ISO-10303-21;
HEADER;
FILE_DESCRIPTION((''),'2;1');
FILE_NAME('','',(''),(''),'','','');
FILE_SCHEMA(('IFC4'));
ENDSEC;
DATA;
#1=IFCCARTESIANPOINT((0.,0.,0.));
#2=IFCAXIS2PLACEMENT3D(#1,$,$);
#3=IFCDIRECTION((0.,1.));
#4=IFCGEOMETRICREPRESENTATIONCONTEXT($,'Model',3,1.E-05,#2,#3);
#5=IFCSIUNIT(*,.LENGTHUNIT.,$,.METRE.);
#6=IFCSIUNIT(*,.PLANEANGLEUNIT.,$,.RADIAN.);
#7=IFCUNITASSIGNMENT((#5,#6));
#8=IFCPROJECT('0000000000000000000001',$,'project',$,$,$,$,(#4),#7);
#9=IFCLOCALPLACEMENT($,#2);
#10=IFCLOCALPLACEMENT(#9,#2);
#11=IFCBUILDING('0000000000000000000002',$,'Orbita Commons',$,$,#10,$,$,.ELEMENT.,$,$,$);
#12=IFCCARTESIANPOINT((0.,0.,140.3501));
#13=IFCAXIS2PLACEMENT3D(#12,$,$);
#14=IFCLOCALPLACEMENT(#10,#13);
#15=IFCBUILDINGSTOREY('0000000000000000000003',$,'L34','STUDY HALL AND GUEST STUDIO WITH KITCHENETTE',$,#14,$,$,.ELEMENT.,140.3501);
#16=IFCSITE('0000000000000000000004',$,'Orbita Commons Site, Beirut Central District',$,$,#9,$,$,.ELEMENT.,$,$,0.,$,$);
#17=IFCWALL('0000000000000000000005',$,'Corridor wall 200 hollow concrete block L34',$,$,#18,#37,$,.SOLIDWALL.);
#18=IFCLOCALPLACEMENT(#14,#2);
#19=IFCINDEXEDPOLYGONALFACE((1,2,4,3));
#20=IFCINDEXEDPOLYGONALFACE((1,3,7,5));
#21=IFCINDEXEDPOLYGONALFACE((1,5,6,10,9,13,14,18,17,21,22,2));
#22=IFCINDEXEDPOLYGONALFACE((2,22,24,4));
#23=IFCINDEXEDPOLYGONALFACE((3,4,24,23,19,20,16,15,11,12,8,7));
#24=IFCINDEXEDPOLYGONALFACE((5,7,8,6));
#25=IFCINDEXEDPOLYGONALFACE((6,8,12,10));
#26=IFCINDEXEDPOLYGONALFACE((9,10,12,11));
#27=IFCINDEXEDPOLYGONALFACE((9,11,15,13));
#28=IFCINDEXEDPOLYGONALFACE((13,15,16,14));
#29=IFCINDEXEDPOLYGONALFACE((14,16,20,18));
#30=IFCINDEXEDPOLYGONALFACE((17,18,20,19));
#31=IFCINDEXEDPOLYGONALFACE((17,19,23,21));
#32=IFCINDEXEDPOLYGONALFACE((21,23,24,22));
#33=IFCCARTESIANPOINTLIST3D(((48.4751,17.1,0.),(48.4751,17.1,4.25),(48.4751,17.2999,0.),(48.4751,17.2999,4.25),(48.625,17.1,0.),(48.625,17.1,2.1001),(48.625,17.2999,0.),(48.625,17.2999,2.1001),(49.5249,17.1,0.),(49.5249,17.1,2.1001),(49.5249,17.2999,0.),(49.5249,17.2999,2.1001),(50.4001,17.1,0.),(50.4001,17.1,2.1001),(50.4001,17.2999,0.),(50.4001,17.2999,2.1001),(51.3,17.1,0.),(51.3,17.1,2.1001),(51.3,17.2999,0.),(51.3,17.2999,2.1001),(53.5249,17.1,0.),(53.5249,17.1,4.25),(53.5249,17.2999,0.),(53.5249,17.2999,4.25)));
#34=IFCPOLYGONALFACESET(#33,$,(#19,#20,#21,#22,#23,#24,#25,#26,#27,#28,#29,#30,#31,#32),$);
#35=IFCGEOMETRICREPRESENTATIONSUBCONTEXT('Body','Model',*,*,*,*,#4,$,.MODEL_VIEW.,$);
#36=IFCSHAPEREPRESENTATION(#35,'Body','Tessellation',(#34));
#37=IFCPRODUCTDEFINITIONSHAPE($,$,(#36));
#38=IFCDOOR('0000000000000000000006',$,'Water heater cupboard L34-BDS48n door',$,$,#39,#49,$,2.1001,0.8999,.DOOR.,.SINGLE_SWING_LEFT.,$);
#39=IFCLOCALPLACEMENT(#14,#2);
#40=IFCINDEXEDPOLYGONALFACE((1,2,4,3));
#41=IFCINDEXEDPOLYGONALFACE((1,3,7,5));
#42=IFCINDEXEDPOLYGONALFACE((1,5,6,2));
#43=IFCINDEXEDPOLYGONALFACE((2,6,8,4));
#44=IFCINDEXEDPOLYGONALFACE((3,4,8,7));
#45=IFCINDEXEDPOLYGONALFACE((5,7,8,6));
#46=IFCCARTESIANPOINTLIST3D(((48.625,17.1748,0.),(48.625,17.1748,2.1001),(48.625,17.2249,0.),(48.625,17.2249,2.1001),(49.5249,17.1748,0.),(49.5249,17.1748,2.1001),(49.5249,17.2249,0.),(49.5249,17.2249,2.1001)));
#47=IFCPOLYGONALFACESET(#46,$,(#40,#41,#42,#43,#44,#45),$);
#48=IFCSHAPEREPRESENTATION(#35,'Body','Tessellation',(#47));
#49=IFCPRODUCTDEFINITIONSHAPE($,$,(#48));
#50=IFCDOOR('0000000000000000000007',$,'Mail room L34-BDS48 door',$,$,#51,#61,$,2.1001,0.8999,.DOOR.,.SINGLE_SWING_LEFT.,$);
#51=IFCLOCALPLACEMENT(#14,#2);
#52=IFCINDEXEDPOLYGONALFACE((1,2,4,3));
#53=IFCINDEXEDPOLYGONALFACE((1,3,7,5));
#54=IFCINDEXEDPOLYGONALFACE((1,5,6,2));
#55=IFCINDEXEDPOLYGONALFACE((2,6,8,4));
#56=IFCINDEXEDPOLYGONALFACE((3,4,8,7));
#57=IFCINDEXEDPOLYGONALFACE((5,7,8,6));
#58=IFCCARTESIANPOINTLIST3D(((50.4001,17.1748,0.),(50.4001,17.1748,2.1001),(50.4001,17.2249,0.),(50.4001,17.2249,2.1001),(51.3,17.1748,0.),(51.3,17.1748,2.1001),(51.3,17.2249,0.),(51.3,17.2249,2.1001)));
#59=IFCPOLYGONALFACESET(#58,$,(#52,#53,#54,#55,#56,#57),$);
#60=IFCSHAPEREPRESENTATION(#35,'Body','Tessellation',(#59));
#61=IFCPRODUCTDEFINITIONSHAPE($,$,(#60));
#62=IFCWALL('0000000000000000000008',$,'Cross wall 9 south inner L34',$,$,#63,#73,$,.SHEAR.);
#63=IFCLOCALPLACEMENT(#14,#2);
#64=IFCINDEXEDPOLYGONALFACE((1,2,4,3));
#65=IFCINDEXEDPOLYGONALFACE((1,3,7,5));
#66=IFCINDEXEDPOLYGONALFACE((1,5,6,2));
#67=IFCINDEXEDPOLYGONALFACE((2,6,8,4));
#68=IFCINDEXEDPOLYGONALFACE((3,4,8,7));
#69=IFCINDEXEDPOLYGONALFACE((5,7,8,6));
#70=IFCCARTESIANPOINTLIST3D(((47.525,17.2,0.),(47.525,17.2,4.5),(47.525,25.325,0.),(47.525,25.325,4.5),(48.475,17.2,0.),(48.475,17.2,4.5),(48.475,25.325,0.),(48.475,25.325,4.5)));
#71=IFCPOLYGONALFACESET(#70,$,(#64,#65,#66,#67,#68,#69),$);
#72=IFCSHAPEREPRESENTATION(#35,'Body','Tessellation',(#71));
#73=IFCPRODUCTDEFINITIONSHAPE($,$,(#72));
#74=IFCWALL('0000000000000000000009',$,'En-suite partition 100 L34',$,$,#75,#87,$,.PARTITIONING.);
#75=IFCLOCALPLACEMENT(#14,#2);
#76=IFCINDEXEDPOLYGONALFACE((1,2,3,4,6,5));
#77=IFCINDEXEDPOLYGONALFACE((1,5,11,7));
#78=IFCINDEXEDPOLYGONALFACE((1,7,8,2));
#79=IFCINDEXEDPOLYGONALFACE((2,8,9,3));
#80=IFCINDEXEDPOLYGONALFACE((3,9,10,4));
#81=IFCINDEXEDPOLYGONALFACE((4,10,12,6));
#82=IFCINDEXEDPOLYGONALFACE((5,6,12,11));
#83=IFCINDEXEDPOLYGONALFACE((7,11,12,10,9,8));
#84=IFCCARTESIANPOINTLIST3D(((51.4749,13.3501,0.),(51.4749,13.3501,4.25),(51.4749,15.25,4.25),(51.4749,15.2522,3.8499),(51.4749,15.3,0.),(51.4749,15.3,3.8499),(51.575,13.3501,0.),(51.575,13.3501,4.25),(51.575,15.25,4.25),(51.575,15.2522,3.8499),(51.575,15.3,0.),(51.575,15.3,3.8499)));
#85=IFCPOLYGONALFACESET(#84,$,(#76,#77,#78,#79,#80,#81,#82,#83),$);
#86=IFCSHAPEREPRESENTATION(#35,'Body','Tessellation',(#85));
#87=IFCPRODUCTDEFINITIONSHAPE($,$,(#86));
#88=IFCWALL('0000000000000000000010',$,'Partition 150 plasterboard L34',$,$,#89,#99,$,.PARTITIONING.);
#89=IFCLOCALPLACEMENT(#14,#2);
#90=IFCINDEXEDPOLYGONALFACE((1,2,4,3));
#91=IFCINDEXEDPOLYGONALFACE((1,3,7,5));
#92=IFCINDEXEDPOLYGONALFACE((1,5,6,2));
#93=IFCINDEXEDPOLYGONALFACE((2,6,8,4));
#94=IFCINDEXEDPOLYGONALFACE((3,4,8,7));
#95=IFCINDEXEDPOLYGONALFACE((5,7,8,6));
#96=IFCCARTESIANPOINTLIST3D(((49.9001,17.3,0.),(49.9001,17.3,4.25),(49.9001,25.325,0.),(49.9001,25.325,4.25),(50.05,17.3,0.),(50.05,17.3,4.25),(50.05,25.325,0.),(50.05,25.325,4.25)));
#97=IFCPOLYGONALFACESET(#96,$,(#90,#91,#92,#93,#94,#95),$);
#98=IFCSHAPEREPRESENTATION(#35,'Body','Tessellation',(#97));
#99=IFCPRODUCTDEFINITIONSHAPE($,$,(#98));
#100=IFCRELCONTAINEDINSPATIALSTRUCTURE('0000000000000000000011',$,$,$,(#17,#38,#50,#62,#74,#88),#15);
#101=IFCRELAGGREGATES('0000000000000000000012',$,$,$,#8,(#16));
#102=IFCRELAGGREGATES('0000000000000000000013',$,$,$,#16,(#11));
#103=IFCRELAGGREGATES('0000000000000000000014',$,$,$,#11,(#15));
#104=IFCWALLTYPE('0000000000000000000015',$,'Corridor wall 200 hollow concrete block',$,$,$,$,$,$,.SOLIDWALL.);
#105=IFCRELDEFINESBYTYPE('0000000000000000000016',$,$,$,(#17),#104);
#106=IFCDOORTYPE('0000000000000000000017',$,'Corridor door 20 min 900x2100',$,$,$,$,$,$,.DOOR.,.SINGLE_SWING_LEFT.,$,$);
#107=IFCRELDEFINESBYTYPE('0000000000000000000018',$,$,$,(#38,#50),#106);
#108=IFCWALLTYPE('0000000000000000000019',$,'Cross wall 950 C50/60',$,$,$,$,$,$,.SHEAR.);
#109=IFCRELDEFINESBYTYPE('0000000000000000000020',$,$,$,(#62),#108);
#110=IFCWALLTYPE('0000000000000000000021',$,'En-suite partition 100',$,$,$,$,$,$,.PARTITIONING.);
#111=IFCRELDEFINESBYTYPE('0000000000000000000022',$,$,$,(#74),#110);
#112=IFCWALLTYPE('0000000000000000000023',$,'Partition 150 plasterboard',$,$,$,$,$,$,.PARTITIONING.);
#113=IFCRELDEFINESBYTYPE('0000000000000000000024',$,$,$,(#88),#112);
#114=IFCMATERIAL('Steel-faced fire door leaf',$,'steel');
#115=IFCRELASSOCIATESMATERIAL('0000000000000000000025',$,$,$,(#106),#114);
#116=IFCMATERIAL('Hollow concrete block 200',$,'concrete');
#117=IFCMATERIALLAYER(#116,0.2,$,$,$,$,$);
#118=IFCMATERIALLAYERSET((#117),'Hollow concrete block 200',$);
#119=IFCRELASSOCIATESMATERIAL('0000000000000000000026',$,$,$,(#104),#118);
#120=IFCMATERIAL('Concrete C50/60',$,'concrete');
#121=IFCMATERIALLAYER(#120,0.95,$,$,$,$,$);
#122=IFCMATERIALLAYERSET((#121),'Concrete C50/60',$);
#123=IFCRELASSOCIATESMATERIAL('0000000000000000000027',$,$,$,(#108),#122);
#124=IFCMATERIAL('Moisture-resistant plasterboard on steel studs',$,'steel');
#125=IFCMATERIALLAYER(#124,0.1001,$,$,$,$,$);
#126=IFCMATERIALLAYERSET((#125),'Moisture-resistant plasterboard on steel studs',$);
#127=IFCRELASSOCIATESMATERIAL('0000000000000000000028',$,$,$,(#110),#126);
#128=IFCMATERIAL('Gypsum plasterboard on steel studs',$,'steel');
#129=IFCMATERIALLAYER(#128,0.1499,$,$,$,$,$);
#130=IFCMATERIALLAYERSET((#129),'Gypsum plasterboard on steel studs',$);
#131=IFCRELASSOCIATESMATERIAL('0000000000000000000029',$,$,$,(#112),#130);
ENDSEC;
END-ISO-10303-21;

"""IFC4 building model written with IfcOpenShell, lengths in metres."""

from ifc_helpers import new_model, si_unit, direction, frame, frame_2d, origin, place, context, subcontext, project, spatial, polyline, rectangle, outline, extrude, material, layer, layer_set, type_object, element, fill, save


model = new_model("IFC4")

# Units and contexts
model_context = context("Model", 3, precision=1e-05, world=origin(), true_north=direction((0.0, 1.0)))
body_context = subcontext(model_context, "Body", "Model", "MODEL_VIEW")
ifc_project = project(units=[si_unit("LENGTHUNIT", "METRE"), si_unit("PLANEANGLEUNIT", "RADIAN")], contexts=[model_context])

# Site, building, storey
site_placement = place(None, origin())
site = spatial("IfcSite", under=ifc_project, at=site_placement, Name="Orbita Commons Site, Beirut Central District", CompositionType="ELEMENT", RefElevation=0.0)
building_placement = place(site_placement, origin())
building = spatial("IfcBuilding", under=site, at=building_placement, Name="Orbita Commons", CompositionType="ELEMENT")
storey_placement = place(building_placement, frame((0.0, 0.0, 140.3501)))
storey = spatial("IfcBuildingStorey", under=building, at=storey_placement, Name="L34", Description="STUDY HALL AND GUEST STUDIO WITH KITCHENETTE", CompositionType="ELEMENT", Elevation=140.3501)

# Shared definitions
ifc_material_1 = material(Name="Steel-faced fire door leaf", Category="steel")
door_type = type_object("IfcDoorType", Name="Corridor door 20 min 900x2100", OperationType="SINGLE_SWING_LEFT", PredefinedType="DOOR", material=ifc_material_1)

# Wall, openings, doors
ifc_material_2 = material(Name="Hollow concrete block 200", Category="concrete")
ifc_layer_1 = layer(ifc_material_2, 0.2)
ifc_layer_set_1 = layer_set([ifc_layer_1], Name="Hollow concrete block 200")
wall_type_1 = type_object("IfcWallType", Name="Corridor wall 200 hollow concrete block", PredefinedType="SOLIDWALL", material=ifc_layer_set_1)
wall_1_placement = place(storey_placement, frame((48.4751, 17.2, 0.0), z_axis=(0.0, 0.0, 1.0), x_axis=(1.0, 0.0, 0.0)))
wall_1 = element("IfcWall", 1, at=wall_1_placement, inside=storey, type_object=wall_type_1, Name="Corridor wall 200 hollow concrete block L34", PredefinedType="SOLIDWALL", context=body_context, shape_type="SweptSolid", body=[
    extrude(rectangle(XDim=5.0498, YDim=0.2, at=frame_2d((2.5249, 0.0))), origin(), (0.0, 0.0, 1.0), 4.25),
])
opening_1_placement = place(wall_1_placement, frame((0.1499, 0.0, 0.0)))
opening_1 = element("IfcOpeningElement", 2, at=opening_1_placement, cuts=wall_1, PredefinedType="OPENING", context=body_context, shape_type="SweptSolid", body=[
    extrude(rectangle(XDim=0.8999, YDim=2.1001, at=frame_2d((0.45, 1.05))), frame((0.0, 0.1099, 0.0), z_axis=(0.0, -1.0, 0.0), x_axis=(1.0, 0.0, 0.0)), (0.0, 0.0, 1.0), 0.22),
])
opening_2_placement = place(wall_1_placement, frame((1.925, 0.0, 0.0)))
opening_2 = element("IfcOpeningElement", 3, at=opening_2_placement, cuts=wall_1, PredefinedType="OPENING", context=body_context, shape_type="SweptSolid", body=[
    extrude(rectangle(XDim=0.8999, YDim=2.1001, at=frame_2d((0.45, 1.05))), frame((0.0, 0.1099, 0.0), z_axis=(0.0, -1.0, 0.0), x_axis=(1.0, 0.0, 0.0)), (0.0, 0.0, 1.0), 0.22),
])
door_1_placement = place(opening_1_placement, origin())
door_1 = element("IfcDoor", 4, at=door_1_placement, inside=storey, type_object=door_type, Name="Water heater cupboard L34-BDS48n door", OperationType="SINGLE_SWING_LEFT", OverallHeight=2.1001, OverallWidth=0.8999, PredefinedType="DOOR", context=body_context, shape_type="SweptSolid", body=[
    extrude(rectangle(XDim=0.8999, YDim=2.1001, at=frame_2d((0.45, 1.05))), frame((0.0, 0.0249, 0.0), z_axis=(0.0, -1.0, 0.0), x_axis=(1.0, 0.0, 0.0)), (0.0, 0.0, 1.0), 0.05),
])
fill(opening_1, door_1)
door_2_placement = place(opening_2_placement, origin())
door_2 = element("IfcDoor", 5, at=door_2_placement, inside=storey, type_object=door_type, Name="Mail room L34-BDS48 door", OperationType="SINGLE_SWING_LEFT", OverallHeight=2.1001, OverallWidth=0.8999, PredefinedType="DOOR", context=body_context, shape_type="SweptSolid", body=[
    extrude(rectangle(XDim=0.8999, YDim=2.1001, at=frame_2d((0.45, 1.05))), frame((0.0, 0.0249, 0.0), z_axis=(0.0, -1.0, 0.0), x_axis=(1.0, 0.0, 0.0)), (0.0, 0.0, 1.0), 0.05),
])
fill(opening_2, door_2)

# Walls
ifc_material_3 = material(Name="Concrete C50/60", Category="concrete")
ifc_layer_2 = layer(ifc_material_3, 0.95)
ifc_layer_set_2 = layer_set([ifc_layer_2], Name="Concrete C50/60")
wall_type_2 = type_object("IfcWallType", Name="Cross wall 950 C50/60", PredefinedType="SHEAR", material=ifc_layer_set_2)
wall_2_placement = place(storey_placement, frame((48.0, 17.2, 0.0), z_axis=(0.0, 0.0, 1.0), x_axis=(0.0, 1.0, 0.0)))
element("IfcWall", 6, at=wall_2_placement, inside=storey, type_object=wall_type_2, Name="Cross wall 9 south inner L34", PredefinedType="SHEAR", context=body_context, shape_type="SweptSolid", body=[
    extrude(rectangle(XDim=8.125, YDim=0.95, at=frame_2d((4.0625, 0.0))), origin(), (0.0, 0.0, 1.0), 4.5),
])
ifc_material_4 = material(Name="Moisture-resistant plasterboard on steel studs", Category="steel")
ifc_layer_3 = layer(ifc_material_4, 0.1001)
ifc_layer_set_3 = layer_set([ifc_layer_3], Name="Moisture-resistant plasterboard on steel studs")
wall_type_3 = type_object("IfcWallType", Name="En-suite partition 100", PredefinedType="PARTITIONING", material=ifc_layer_set_3)
wall_3_placement = place(storey_placement, frame((51.5249, 13.3501, 0.0), z_axis=(0.0, 0.0, 1.0), x_axis=(0.0, 1.0, 0.0)))
element("IfcWall", 7, at=wall_3_placement, inside=storey, type_object=wall_type_3, Name="En-suite partition 100 L34", PredefinedType="PARTITIONING", context=body_context, shape_type="SweptSolid", body=[
    extrude(outline(polyline([(0.0, 0.0), (1.95, 0.0), (1.95, 3.8499), (1.9021, 3.8499), (1.8999, 4.25), (0.0, 4.25), (0.0, 0.0)])), frame((0.0, 0.05, 0.0), z_axis=(0.0, -1.0, 0.0), x_axis=(1.0, 0.0, 0.0)), (0.0, 0.0, 1.0), 0.1001),
])
ifc_material_5 = material(Name="Gypsum plasterboard on steel studs", Category="steel")
ifc_layer_4 = layer(ifc_material_5, 0.1499)
ifc_layer_set_4 = layer_set([ifc_layer_4], Name="Gypsum plasterboard on steel studs")
wall_type_4 = type_object("IfcWallType", Name="Partition 150 plasterboard", PredefinedType="PARTITIONING", material=ifc_layer_set_4)
wall_4_placement = place(storey_placement, frame((49.9751, 17.3, 0.0), z_axis=(0.0, 0.0, 1.0), x_axis=(0.0, 1.0, 0.0)))
element("IfcWall", 8, at=wall_4_placement, inside=storey, type_object=wall_type_4, Name="Partition 150 plasterboard L34", PredefinedType="PARTITIONING", context=body_context, shape_type="SweptSolid", body=[
    extrude(rectangle(XDim=8.0249, YDim=0.1499, at=frame_2d((4.0125, 0.0))), origin(), (0.0, 0.0, 1.0), 4.25),
])

save(model, "model.ifc")
